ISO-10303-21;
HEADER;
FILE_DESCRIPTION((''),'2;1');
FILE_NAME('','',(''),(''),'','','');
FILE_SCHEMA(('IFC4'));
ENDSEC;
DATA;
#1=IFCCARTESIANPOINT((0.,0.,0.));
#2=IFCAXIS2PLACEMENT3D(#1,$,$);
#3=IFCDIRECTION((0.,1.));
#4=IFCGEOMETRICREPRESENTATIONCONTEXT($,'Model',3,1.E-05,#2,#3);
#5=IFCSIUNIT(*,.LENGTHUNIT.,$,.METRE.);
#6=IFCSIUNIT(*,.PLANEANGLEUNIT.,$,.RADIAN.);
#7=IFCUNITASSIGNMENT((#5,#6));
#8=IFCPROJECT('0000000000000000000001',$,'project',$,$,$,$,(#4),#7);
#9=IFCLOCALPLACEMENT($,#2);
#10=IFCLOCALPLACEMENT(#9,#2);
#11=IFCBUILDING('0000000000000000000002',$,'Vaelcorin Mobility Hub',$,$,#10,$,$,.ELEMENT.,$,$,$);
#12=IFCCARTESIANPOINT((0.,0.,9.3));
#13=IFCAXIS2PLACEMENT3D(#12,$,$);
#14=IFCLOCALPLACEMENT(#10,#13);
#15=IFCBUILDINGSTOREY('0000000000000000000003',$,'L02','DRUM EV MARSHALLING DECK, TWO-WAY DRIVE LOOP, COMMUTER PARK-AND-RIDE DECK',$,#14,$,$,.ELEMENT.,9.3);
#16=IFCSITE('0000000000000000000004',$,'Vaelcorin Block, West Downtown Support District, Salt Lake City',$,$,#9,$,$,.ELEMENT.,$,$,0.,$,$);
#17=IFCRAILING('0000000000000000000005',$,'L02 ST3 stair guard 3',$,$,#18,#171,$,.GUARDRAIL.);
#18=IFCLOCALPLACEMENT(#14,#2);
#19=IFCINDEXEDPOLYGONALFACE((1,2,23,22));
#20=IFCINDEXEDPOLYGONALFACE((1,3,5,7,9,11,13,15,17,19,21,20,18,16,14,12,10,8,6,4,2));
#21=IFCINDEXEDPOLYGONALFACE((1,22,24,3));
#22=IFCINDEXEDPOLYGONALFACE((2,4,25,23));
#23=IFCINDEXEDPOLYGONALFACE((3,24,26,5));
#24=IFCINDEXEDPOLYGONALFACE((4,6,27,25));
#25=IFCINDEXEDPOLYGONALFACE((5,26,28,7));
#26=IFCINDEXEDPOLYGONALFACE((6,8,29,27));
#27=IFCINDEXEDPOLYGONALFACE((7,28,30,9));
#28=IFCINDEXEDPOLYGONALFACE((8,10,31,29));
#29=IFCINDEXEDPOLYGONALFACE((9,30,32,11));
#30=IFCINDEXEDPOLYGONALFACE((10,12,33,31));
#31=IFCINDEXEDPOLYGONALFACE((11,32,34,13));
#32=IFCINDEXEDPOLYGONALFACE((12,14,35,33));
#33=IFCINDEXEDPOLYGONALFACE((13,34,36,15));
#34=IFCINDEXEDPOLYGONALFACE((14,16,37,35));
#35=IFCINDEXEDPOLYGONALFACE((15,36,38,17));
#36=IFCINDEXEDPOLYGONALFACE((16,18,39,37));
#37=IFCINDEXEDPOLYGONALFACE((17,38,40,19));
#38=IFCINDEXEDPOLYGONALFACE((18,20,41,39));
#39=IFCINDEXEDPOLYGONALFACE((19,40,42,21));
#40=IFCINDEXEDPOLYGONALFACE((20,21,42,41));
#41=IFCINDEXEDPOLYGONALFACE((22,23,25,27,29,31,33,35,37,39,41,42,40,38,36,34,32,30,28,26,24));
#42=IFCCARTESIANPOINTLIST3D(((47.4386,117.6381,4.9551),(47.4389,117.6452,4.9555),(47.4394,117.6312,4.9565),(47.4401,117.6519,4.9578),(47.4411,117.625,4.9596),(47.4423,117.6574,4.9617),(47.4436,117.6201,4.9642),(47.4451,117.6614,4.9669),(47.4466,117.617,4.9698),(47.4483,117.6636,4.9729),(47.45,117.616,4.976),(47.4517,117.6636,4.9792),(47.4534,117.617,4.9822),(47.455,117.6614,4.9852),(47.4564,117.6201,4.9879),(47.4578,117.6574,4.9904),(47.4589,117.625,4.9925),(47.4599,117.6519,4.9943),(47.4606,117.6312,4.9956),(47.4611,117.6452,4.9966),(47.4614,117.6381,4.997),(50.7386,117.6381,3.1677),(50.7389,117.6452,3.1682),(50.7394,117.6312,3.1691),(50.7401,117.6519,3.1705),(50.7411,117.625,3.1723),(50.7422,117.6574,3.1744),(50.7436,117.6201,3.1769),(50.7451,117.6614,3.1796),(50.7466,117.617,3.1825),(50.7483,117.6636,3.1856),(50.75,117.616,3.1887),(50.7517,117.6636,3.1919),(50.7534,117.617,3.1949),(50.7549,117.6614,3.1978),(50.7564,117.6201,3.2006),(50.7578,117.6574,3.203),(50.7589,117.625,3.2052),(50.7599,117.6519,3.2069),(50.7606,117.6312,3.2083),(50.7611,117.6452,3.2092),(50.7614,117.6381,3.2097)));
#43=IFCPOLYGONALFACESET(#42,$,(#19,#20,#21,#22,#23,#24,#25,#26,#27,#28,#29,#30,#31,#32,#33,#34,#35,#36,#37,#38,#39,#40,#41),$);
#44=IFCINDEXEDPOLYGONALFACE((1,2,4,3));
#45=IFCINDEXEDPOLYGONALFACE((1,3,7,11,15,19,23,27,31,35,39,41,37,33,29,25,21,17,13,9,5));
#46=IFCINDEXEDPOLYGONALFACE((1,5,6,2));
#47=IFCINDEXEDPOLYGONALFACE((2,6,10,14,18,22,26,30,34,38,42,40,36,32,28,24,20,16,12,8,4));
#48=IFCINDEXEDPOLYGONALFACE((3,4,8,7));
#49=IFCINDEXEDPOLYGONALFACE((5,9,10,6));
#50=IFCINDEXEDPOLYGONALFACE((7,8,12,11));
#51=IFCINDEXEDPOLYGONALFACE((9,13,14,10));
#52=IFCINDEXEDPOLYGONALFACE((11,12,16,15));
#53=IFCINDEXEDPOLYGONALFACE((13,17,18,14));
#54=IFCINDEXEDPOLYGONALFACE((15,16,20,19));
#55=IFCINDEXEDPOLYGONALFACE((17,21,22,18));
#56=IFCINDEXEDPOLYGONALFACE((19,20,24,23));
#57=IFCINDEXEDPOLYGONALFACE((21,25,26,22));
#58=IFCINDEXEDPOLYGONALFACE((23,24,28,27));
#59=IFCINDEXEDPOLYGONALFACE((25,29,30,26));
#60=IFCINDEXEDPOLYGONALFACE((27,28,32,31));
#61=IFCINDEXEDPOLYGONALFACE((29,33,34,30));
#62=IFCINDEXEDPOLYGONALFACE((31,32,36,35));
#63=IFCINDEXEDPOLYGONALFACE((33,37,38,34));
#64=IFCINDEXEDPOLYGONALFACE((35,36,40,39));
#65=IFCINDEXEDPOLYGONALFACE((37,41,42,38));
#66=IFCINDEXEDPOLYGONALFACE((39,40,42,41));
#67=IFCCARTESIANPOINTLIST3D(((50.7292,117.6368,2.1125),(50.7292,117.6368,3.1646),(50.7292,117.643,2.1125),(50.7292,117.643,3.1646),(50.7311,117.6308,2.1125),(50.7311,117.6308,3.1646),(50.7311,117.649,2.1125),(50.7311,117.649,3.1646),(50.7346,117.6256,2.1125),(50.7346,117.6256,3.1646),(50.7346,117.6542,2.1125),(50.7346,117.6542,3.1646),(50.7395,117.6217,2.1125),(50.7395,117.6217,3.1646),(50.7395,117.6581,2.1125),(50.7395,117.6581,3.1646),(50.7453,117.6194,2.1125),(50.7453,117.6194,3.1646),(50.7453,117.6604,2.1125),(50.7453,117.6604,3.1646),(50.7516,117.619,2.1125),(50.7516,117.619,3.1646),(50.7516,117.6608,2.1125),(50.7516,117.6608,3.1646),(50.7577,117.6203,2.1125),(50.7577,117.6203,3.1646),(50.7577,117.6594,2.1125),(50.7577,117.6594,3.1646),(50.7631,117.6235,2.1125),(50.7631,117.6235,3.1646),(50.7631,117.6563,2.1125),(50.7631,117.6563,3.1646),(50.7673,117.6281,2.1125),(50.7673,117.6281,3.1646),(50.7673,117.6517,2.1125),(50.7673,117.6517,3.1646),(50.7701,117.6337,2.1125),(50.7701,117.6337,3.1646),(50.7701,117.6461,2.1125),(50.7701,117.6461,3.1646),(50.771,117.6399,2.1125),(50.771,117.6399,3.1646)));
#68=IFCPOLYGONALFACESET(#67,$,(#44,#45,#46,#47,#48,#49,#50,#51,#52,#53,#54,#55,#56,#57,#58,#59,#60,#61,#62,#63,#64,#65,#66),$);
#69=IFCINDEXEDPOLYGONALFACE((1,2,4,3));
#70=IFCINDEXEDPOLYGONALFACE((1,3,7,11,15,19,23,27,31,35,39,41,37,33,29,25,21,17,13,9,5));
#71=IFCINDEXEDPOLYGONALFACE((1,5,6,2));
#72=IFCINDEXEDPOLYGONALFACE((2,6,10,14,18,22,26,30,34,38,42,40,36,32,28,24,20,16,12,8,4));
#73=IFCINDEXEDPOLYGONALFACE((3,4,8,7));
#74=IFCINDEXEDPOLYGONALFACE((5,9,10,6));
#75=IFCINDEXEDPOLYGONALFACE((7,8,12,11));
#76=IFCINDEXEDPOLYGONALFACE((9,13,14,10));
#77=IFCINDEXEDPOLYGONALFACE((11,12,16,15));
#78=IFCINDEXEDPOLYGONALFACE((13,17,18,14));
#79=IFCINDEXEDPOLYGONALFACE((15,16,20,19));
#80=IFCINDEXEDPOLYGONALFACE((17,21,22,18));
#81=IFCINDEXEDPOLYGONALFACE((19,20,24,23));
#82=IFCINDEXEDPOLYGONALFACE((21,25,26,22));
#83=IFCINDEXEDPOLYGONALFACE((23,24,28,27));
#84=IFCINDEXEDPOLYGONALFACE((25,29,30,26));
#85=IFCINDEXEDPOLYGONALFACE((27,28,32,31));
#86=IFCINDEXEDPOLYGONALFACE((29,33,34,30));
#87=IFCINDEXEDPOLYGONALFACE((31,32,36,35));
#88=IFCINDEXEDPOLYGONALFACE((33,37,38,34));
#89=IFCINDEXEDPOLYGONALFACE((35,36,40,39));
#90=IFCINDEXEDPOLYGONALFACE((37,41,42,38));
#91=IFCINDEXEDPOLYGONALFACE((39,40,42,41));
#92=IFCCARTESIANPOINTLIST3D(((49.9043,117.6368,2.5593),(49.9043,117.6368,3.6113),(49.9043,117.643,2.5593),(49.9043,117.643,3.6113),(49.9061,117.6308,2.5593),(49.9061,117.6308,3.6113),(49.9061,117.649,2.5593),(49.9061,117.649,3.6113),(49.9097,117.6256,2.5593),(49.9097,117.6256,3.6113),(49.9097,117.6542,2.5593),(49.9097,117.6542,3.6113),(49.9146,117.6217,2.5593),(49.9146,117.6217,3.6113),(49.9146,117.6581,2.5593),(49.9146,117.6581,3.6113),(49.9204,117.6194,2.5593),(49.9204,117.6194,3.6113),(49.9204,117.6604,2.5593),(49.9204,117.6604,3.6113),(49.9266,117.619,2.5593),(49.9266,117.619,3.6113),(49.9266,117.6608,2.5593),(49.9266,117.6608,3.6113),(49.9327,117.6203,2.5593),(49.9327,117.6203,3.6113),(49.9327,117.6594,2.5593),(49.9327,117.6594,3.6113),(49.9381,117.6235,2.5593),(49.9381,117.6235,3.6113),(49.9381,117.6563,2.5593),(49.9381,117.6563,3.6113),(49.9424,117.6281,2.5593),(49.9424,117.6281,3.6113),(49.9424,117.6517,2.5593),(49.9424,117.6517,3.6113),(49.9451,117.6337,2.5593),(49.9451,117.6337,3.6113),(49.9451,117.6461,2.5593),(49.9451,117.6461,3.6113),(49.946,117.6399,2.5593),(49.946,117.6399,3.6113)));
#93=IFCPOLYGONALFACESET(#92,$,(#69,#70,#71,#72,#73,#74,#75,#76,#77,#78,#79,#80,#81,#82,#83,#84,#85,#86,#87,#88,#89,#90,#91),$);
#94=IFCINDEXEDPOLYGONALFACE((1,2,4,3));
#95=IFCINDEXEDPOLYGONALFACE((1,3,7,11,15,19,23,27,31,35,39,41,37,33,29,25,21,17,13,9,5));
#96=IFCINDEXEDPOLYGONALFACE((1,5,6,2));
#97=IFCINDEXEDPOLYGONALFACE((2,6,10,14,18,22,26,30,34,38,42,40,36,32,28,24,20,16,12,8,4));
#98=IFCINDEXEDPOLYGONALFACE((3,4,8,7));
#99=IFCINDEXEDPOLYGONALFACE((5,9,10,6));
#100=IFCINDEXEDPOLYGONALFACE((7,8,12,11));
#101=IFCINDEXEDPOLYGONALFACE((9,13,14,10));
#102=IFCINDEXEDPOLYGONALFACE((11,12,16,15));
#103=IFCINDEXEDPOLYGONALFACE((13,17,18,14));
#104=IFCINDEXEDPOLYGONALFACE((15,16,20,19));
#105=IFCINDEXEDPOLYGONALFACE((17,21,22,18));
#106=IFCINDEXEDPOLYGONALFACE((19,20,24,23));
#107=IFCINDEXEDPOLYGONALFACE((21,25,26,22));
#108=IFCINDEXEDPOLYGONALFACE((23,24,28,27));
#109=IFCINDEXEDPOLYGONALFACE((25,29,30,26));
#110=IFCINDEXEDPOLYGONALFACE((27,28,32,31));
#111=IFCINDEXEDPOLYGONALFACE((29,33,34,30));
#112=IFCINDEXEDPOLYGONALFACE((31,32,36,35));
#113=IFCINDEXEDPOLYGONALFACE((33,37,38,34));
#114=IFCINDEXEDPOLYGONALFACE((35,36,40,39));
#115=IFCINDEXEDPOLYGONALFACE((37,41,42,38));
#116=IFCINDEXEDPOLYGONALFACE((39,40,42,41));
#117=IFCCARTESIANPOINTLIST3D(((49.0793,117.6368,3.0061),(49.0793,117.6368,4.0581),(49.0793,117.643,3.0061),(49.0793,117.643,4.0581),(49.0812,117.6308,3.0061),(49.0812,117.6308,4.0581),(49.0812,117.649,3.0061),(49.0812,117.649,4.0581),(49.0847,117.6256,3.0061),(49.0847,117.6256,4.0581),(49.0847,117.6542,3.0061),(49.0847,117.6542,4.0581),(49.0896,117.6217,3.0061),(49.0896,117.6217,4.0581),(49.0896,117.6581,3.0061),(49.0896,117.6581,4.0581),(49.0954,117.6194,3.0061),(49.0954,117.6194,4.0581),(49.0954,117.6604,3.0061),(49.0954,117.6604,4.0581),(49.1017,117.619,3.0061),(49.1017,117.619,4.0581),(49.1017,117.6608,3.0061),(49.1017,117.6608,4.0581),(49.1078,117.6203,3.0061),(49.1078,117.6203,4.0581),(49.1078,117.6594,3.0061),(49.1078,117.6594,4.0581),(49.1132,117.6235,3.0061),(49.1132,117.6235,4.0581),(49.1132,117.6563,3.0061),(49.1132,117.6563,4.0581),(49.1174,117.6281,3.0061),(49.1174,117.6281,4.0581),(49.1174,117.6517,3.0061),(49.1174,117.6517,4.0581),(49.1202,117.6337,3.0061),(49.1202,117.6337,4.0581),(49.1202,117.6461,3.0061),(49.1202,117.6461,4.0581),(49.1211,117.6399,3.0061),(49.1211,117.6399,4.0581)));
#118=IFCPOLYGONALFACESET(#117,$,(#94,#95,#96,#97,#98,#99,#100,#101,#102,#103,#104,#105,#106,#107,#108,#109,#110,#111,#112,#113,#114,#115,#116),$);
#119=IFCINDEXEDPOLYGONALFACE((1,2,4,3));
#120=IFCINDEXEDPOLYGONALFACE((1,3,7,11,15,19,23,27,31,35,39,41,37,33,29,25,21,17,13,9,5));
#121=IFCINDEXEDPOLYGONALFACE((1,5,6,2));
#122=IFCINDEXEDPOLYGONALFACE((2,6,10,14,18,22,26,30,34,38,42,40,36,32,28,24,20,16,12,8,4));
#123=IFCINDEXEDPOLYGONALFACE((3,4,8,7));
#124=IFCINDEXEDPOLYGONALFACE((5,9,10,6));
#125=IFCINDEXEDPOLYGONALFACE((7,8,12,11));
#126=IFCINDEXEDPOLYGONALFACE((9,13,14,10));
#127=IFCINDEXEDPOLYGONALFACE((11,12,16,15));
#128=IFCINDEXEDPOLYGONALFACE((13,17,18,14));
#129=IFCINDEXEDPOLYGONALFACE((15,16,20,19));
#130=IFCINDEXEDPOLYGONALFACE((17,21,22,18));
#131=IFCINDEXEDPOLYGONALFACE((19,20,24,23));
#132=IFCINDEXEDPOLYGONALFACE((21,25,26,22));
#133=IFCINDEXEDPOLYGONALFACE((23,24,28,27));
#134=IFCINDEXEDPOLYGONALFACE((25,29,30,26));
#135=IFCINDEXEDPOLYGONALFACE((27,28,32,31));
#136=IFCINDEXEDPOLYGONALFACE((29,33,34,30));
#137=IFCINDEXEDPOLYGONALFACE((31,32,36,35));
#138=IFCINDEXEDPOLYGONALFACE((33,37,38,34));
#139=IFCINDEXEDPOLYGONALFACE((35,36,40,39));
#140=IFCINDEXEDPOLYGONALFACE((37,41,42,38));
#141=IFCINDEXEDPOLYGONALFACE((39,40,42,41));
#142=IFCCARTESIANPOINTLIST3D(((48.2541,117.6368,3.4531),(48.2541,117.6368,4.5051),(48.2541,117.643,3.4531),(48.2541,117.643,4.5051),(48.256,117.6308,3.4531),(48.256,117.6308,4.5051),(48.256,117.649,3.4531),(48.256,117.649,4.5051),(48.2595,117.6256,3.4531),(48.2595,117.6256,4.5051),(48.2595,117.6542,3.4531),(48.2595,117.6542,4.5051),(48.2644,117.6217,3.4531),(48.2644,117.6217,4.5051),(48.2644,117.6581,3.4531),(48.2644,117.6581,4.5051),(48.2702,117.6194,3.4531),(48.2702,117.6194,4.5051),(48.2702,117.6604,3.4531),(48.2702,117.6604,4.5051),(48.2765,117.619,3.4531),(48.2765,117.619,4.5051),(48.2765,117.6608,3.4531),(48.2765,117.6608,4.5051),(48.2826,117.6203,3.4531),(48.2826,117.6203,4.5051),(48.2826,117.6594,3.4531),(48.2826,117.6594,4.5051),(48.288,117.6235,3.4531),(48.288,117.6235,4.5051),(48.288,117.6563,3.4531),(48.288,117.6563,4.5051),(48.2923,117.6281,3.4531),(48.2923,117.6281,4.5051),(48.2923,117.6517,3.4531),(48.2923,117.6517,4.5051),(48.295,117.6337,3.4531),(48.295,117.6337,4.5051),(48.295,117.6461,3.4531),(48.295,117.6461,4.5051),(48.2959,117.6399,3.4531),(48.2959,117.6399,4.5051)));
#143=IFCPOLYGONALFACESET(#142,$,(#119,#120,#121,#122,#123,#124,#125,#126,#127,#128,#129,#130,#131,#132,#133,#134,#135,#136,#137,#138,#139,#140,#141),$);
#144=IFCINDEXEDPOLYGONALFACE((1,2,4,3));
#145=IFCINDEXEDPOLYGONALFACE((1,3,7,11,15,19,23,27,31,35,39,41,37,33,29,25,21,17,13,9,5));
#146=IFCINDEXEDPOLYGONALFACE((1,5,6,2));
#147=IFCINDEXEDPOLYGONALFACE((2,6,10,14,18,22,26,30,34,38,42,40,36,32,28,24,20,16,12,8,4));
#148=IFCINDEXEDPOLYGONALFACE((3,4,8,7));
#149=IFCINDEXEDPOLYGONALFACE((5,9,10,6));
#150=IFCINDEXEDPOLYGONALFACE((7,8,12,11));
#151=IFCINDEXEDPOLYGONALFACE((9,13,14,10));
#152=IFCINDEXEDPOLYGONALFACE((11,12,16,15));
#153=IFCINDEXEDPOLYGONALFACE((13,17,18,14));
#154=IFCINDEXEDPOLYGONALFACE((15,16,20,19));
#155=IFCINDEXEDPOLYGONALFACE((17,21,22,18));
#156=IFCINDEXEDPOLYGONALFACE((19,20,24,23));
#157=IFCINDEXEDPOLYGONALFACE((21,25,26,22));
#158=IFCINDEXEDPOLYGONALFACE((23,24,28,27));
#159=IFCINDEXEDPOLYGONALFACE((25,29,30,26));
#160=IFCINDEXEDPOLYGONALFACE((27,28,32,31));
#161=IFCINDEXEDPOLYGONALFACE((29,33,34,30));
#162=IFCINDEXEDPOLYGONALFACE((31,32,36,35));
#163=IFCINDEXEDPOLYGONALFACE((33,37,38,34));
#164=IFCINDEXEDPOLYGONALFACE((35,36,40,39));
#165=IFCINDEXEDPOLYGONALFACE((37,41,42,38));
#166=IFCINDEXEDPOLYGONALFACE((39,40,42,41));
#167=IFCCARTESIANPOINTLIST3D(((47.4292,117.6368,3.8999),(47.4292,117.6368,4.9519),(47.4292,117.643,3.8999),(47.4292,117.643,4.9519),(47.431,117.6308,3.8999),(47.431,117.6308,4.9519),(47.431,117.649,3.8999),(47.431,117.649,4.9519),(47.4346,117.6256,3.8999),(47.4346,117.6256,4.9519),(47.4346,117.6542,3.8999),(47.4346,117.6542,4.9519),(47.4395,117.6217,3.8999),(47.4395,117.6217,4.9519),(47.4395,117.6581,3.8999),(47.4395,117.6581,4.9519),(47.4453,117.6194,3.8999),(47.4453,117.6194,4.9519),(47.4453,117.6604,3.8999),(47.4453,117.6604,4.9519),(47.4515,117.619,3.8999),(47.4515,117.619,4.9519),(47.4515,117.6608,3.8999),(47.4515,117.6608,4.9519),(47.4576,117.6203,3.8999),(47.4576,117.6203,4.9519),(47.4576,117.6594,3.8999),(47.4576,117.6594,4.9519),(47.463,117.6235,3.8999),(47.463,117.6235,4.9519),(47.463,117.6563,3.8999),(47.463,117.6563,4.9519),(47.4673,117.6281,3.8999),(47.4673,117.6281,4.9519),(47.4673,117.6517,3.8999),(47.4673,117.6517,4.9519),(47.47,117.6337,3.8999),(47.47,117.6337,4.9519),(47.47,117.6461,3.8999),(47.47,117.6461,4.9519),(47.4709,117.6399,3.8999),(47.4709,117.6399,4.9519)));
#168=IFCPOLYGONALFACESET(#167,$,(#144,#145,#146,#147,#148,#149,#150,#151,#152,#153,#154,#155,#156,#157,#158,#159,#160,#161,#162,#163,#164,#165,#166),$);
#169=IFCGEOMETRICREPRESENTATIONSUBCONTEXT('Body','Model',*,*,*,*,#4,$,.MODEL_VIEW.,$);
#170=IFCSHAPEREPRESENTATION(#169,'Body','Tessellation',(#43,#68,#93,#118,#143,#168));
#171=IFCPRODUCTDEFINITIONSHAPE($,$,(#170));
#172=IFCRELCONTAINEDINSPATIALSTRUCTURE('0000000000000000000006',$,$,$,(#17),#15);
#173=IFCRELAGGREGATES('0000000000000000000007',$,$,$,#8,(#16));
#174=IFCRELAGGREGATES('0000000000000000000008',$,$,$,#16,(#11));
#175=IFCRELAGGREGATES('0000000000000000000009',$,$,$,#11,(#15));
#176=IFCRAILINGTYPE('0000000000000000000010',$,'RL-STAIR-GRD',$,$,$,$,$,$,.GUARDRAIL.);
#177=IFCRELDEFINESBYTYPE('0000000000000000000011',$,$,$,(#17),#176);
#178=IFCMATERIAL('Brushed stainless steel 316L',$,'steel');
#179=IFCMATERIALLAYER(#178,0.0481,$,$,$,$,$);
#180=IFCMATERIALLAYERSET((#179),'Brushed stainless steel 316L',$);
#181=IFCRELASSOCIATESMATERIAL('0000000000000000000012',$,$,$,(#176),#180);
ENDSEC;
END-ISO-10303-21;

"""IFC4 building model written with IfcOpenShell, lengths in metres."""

from ifc_helpers import new_model, si_unit, direction, frame, origin, origin_2d, place, context, subcontext, project, spatial, circle, extrude, material, layer, layer_set, type_object, element, save


model = new_model("IFC4")

# Units and contexts
model_context = context("Model", 3, precision=1e-05, world=origin(), true_north=direction((0.0, 1.0)))
body_context = subcontext(model_context, "Body", "Model", "MODEL_VIEW")
ifc_project = project(units=[si_unit("LENGTHUNIT", "METRE"), si_unit("PLANEANGLEUNIT", "RADIAN")], contexts=[model_context])

# Site, building, storey
site_placement = place(None, origin())
site = spatial("IfcSite", under=ifc_project, at=site_placement, Name="Vaelcorin Block, West Downtown Support District, Salt Lake City", CompositionType="ELEMENT", RefElevation=0.0)
building_placement = place(site_placement, origin())
building = spatial("IfcBuilding", under=site, at=building_placement, Name="Vaelcorin Mobility Hub", CompositionType="ELEMENT")
storey_placement = place(building_placement, frame((0.0, 0.0, 9.3)))
storey = spatial("IfcBuildingStorey", under=building, at=storey_placement, Name="L02", Description="DRUM EV MARSHALLING DECK, TWO-WAY DRIVE LOOP, COMMUTER PARK-AND-RIDE DECK", CompositionType="ELEMENT", Elevation=9.3)

# Railing
ifc_material_1 = material(Name="Brushed stainless steel 316L", Category="steel")
ifc_layer_1 = layer(ifc_material_1, 0.0481)
ifc_layer_set_1 = layer_set([ifc_layer_1], Name="Brushed stainless steel 316L")
railing_type_1 = type_object("IfcRailingType", Name="RL-STAIR-GRD", PredefinedType="GUARDRAIL", material=ifc_layer_set_1)
railing_1_placement = place(storey_placement, frame((50.75, 117.6399, 2.1125)))
element("IfcRailing", 1, at=railing_1_placement, inside=storey, type_object=railing_type_1, Name="L02 ST3 stair guard 3", PredefinedType="GUARDRAIL", context=body_context, shape_type="SweptSolid", body=[
    extrude(circle(Radius=0.0239, at=origin_2d()), frame((0.0, 0.0, 1.0762), z_axis=(-0.879311, 0.0, 0.476248), x_axis=(0.0, -1.0, 0.0)), (0.0, 0.0, 1.0), 3.7529),
    extrude(circle(Radius=0.021, at=origin_2d()), origin(), (0.0, 0.0, 1.0), 1.052),
    extrude(circle(Radius=0.021, at=origin_2d()), frame((-0.825, 0.0, 0.4468)), (0.0, 0.0, 1.0), 1.052),
    extrude(circle(Radius=0.021, at=origin_2d()), frame((-1.6499, 0.0, 0.8936)), (0.0, 0.0, 1.0), 1.052),
    extrude(circle(Radius=0.021, at=origin_2d()), frame((-2.4751, 0.0, 1.3406)), (0.0, 0.0, 1.0), 1.052),
    extrude(circle(Radius=0.021, at=origin_2d()), frame((-3.3, 0.0, 1.7874)), (0.0, 0.0, 1.0), 1.052),
])

save(model, "model.ifc")
